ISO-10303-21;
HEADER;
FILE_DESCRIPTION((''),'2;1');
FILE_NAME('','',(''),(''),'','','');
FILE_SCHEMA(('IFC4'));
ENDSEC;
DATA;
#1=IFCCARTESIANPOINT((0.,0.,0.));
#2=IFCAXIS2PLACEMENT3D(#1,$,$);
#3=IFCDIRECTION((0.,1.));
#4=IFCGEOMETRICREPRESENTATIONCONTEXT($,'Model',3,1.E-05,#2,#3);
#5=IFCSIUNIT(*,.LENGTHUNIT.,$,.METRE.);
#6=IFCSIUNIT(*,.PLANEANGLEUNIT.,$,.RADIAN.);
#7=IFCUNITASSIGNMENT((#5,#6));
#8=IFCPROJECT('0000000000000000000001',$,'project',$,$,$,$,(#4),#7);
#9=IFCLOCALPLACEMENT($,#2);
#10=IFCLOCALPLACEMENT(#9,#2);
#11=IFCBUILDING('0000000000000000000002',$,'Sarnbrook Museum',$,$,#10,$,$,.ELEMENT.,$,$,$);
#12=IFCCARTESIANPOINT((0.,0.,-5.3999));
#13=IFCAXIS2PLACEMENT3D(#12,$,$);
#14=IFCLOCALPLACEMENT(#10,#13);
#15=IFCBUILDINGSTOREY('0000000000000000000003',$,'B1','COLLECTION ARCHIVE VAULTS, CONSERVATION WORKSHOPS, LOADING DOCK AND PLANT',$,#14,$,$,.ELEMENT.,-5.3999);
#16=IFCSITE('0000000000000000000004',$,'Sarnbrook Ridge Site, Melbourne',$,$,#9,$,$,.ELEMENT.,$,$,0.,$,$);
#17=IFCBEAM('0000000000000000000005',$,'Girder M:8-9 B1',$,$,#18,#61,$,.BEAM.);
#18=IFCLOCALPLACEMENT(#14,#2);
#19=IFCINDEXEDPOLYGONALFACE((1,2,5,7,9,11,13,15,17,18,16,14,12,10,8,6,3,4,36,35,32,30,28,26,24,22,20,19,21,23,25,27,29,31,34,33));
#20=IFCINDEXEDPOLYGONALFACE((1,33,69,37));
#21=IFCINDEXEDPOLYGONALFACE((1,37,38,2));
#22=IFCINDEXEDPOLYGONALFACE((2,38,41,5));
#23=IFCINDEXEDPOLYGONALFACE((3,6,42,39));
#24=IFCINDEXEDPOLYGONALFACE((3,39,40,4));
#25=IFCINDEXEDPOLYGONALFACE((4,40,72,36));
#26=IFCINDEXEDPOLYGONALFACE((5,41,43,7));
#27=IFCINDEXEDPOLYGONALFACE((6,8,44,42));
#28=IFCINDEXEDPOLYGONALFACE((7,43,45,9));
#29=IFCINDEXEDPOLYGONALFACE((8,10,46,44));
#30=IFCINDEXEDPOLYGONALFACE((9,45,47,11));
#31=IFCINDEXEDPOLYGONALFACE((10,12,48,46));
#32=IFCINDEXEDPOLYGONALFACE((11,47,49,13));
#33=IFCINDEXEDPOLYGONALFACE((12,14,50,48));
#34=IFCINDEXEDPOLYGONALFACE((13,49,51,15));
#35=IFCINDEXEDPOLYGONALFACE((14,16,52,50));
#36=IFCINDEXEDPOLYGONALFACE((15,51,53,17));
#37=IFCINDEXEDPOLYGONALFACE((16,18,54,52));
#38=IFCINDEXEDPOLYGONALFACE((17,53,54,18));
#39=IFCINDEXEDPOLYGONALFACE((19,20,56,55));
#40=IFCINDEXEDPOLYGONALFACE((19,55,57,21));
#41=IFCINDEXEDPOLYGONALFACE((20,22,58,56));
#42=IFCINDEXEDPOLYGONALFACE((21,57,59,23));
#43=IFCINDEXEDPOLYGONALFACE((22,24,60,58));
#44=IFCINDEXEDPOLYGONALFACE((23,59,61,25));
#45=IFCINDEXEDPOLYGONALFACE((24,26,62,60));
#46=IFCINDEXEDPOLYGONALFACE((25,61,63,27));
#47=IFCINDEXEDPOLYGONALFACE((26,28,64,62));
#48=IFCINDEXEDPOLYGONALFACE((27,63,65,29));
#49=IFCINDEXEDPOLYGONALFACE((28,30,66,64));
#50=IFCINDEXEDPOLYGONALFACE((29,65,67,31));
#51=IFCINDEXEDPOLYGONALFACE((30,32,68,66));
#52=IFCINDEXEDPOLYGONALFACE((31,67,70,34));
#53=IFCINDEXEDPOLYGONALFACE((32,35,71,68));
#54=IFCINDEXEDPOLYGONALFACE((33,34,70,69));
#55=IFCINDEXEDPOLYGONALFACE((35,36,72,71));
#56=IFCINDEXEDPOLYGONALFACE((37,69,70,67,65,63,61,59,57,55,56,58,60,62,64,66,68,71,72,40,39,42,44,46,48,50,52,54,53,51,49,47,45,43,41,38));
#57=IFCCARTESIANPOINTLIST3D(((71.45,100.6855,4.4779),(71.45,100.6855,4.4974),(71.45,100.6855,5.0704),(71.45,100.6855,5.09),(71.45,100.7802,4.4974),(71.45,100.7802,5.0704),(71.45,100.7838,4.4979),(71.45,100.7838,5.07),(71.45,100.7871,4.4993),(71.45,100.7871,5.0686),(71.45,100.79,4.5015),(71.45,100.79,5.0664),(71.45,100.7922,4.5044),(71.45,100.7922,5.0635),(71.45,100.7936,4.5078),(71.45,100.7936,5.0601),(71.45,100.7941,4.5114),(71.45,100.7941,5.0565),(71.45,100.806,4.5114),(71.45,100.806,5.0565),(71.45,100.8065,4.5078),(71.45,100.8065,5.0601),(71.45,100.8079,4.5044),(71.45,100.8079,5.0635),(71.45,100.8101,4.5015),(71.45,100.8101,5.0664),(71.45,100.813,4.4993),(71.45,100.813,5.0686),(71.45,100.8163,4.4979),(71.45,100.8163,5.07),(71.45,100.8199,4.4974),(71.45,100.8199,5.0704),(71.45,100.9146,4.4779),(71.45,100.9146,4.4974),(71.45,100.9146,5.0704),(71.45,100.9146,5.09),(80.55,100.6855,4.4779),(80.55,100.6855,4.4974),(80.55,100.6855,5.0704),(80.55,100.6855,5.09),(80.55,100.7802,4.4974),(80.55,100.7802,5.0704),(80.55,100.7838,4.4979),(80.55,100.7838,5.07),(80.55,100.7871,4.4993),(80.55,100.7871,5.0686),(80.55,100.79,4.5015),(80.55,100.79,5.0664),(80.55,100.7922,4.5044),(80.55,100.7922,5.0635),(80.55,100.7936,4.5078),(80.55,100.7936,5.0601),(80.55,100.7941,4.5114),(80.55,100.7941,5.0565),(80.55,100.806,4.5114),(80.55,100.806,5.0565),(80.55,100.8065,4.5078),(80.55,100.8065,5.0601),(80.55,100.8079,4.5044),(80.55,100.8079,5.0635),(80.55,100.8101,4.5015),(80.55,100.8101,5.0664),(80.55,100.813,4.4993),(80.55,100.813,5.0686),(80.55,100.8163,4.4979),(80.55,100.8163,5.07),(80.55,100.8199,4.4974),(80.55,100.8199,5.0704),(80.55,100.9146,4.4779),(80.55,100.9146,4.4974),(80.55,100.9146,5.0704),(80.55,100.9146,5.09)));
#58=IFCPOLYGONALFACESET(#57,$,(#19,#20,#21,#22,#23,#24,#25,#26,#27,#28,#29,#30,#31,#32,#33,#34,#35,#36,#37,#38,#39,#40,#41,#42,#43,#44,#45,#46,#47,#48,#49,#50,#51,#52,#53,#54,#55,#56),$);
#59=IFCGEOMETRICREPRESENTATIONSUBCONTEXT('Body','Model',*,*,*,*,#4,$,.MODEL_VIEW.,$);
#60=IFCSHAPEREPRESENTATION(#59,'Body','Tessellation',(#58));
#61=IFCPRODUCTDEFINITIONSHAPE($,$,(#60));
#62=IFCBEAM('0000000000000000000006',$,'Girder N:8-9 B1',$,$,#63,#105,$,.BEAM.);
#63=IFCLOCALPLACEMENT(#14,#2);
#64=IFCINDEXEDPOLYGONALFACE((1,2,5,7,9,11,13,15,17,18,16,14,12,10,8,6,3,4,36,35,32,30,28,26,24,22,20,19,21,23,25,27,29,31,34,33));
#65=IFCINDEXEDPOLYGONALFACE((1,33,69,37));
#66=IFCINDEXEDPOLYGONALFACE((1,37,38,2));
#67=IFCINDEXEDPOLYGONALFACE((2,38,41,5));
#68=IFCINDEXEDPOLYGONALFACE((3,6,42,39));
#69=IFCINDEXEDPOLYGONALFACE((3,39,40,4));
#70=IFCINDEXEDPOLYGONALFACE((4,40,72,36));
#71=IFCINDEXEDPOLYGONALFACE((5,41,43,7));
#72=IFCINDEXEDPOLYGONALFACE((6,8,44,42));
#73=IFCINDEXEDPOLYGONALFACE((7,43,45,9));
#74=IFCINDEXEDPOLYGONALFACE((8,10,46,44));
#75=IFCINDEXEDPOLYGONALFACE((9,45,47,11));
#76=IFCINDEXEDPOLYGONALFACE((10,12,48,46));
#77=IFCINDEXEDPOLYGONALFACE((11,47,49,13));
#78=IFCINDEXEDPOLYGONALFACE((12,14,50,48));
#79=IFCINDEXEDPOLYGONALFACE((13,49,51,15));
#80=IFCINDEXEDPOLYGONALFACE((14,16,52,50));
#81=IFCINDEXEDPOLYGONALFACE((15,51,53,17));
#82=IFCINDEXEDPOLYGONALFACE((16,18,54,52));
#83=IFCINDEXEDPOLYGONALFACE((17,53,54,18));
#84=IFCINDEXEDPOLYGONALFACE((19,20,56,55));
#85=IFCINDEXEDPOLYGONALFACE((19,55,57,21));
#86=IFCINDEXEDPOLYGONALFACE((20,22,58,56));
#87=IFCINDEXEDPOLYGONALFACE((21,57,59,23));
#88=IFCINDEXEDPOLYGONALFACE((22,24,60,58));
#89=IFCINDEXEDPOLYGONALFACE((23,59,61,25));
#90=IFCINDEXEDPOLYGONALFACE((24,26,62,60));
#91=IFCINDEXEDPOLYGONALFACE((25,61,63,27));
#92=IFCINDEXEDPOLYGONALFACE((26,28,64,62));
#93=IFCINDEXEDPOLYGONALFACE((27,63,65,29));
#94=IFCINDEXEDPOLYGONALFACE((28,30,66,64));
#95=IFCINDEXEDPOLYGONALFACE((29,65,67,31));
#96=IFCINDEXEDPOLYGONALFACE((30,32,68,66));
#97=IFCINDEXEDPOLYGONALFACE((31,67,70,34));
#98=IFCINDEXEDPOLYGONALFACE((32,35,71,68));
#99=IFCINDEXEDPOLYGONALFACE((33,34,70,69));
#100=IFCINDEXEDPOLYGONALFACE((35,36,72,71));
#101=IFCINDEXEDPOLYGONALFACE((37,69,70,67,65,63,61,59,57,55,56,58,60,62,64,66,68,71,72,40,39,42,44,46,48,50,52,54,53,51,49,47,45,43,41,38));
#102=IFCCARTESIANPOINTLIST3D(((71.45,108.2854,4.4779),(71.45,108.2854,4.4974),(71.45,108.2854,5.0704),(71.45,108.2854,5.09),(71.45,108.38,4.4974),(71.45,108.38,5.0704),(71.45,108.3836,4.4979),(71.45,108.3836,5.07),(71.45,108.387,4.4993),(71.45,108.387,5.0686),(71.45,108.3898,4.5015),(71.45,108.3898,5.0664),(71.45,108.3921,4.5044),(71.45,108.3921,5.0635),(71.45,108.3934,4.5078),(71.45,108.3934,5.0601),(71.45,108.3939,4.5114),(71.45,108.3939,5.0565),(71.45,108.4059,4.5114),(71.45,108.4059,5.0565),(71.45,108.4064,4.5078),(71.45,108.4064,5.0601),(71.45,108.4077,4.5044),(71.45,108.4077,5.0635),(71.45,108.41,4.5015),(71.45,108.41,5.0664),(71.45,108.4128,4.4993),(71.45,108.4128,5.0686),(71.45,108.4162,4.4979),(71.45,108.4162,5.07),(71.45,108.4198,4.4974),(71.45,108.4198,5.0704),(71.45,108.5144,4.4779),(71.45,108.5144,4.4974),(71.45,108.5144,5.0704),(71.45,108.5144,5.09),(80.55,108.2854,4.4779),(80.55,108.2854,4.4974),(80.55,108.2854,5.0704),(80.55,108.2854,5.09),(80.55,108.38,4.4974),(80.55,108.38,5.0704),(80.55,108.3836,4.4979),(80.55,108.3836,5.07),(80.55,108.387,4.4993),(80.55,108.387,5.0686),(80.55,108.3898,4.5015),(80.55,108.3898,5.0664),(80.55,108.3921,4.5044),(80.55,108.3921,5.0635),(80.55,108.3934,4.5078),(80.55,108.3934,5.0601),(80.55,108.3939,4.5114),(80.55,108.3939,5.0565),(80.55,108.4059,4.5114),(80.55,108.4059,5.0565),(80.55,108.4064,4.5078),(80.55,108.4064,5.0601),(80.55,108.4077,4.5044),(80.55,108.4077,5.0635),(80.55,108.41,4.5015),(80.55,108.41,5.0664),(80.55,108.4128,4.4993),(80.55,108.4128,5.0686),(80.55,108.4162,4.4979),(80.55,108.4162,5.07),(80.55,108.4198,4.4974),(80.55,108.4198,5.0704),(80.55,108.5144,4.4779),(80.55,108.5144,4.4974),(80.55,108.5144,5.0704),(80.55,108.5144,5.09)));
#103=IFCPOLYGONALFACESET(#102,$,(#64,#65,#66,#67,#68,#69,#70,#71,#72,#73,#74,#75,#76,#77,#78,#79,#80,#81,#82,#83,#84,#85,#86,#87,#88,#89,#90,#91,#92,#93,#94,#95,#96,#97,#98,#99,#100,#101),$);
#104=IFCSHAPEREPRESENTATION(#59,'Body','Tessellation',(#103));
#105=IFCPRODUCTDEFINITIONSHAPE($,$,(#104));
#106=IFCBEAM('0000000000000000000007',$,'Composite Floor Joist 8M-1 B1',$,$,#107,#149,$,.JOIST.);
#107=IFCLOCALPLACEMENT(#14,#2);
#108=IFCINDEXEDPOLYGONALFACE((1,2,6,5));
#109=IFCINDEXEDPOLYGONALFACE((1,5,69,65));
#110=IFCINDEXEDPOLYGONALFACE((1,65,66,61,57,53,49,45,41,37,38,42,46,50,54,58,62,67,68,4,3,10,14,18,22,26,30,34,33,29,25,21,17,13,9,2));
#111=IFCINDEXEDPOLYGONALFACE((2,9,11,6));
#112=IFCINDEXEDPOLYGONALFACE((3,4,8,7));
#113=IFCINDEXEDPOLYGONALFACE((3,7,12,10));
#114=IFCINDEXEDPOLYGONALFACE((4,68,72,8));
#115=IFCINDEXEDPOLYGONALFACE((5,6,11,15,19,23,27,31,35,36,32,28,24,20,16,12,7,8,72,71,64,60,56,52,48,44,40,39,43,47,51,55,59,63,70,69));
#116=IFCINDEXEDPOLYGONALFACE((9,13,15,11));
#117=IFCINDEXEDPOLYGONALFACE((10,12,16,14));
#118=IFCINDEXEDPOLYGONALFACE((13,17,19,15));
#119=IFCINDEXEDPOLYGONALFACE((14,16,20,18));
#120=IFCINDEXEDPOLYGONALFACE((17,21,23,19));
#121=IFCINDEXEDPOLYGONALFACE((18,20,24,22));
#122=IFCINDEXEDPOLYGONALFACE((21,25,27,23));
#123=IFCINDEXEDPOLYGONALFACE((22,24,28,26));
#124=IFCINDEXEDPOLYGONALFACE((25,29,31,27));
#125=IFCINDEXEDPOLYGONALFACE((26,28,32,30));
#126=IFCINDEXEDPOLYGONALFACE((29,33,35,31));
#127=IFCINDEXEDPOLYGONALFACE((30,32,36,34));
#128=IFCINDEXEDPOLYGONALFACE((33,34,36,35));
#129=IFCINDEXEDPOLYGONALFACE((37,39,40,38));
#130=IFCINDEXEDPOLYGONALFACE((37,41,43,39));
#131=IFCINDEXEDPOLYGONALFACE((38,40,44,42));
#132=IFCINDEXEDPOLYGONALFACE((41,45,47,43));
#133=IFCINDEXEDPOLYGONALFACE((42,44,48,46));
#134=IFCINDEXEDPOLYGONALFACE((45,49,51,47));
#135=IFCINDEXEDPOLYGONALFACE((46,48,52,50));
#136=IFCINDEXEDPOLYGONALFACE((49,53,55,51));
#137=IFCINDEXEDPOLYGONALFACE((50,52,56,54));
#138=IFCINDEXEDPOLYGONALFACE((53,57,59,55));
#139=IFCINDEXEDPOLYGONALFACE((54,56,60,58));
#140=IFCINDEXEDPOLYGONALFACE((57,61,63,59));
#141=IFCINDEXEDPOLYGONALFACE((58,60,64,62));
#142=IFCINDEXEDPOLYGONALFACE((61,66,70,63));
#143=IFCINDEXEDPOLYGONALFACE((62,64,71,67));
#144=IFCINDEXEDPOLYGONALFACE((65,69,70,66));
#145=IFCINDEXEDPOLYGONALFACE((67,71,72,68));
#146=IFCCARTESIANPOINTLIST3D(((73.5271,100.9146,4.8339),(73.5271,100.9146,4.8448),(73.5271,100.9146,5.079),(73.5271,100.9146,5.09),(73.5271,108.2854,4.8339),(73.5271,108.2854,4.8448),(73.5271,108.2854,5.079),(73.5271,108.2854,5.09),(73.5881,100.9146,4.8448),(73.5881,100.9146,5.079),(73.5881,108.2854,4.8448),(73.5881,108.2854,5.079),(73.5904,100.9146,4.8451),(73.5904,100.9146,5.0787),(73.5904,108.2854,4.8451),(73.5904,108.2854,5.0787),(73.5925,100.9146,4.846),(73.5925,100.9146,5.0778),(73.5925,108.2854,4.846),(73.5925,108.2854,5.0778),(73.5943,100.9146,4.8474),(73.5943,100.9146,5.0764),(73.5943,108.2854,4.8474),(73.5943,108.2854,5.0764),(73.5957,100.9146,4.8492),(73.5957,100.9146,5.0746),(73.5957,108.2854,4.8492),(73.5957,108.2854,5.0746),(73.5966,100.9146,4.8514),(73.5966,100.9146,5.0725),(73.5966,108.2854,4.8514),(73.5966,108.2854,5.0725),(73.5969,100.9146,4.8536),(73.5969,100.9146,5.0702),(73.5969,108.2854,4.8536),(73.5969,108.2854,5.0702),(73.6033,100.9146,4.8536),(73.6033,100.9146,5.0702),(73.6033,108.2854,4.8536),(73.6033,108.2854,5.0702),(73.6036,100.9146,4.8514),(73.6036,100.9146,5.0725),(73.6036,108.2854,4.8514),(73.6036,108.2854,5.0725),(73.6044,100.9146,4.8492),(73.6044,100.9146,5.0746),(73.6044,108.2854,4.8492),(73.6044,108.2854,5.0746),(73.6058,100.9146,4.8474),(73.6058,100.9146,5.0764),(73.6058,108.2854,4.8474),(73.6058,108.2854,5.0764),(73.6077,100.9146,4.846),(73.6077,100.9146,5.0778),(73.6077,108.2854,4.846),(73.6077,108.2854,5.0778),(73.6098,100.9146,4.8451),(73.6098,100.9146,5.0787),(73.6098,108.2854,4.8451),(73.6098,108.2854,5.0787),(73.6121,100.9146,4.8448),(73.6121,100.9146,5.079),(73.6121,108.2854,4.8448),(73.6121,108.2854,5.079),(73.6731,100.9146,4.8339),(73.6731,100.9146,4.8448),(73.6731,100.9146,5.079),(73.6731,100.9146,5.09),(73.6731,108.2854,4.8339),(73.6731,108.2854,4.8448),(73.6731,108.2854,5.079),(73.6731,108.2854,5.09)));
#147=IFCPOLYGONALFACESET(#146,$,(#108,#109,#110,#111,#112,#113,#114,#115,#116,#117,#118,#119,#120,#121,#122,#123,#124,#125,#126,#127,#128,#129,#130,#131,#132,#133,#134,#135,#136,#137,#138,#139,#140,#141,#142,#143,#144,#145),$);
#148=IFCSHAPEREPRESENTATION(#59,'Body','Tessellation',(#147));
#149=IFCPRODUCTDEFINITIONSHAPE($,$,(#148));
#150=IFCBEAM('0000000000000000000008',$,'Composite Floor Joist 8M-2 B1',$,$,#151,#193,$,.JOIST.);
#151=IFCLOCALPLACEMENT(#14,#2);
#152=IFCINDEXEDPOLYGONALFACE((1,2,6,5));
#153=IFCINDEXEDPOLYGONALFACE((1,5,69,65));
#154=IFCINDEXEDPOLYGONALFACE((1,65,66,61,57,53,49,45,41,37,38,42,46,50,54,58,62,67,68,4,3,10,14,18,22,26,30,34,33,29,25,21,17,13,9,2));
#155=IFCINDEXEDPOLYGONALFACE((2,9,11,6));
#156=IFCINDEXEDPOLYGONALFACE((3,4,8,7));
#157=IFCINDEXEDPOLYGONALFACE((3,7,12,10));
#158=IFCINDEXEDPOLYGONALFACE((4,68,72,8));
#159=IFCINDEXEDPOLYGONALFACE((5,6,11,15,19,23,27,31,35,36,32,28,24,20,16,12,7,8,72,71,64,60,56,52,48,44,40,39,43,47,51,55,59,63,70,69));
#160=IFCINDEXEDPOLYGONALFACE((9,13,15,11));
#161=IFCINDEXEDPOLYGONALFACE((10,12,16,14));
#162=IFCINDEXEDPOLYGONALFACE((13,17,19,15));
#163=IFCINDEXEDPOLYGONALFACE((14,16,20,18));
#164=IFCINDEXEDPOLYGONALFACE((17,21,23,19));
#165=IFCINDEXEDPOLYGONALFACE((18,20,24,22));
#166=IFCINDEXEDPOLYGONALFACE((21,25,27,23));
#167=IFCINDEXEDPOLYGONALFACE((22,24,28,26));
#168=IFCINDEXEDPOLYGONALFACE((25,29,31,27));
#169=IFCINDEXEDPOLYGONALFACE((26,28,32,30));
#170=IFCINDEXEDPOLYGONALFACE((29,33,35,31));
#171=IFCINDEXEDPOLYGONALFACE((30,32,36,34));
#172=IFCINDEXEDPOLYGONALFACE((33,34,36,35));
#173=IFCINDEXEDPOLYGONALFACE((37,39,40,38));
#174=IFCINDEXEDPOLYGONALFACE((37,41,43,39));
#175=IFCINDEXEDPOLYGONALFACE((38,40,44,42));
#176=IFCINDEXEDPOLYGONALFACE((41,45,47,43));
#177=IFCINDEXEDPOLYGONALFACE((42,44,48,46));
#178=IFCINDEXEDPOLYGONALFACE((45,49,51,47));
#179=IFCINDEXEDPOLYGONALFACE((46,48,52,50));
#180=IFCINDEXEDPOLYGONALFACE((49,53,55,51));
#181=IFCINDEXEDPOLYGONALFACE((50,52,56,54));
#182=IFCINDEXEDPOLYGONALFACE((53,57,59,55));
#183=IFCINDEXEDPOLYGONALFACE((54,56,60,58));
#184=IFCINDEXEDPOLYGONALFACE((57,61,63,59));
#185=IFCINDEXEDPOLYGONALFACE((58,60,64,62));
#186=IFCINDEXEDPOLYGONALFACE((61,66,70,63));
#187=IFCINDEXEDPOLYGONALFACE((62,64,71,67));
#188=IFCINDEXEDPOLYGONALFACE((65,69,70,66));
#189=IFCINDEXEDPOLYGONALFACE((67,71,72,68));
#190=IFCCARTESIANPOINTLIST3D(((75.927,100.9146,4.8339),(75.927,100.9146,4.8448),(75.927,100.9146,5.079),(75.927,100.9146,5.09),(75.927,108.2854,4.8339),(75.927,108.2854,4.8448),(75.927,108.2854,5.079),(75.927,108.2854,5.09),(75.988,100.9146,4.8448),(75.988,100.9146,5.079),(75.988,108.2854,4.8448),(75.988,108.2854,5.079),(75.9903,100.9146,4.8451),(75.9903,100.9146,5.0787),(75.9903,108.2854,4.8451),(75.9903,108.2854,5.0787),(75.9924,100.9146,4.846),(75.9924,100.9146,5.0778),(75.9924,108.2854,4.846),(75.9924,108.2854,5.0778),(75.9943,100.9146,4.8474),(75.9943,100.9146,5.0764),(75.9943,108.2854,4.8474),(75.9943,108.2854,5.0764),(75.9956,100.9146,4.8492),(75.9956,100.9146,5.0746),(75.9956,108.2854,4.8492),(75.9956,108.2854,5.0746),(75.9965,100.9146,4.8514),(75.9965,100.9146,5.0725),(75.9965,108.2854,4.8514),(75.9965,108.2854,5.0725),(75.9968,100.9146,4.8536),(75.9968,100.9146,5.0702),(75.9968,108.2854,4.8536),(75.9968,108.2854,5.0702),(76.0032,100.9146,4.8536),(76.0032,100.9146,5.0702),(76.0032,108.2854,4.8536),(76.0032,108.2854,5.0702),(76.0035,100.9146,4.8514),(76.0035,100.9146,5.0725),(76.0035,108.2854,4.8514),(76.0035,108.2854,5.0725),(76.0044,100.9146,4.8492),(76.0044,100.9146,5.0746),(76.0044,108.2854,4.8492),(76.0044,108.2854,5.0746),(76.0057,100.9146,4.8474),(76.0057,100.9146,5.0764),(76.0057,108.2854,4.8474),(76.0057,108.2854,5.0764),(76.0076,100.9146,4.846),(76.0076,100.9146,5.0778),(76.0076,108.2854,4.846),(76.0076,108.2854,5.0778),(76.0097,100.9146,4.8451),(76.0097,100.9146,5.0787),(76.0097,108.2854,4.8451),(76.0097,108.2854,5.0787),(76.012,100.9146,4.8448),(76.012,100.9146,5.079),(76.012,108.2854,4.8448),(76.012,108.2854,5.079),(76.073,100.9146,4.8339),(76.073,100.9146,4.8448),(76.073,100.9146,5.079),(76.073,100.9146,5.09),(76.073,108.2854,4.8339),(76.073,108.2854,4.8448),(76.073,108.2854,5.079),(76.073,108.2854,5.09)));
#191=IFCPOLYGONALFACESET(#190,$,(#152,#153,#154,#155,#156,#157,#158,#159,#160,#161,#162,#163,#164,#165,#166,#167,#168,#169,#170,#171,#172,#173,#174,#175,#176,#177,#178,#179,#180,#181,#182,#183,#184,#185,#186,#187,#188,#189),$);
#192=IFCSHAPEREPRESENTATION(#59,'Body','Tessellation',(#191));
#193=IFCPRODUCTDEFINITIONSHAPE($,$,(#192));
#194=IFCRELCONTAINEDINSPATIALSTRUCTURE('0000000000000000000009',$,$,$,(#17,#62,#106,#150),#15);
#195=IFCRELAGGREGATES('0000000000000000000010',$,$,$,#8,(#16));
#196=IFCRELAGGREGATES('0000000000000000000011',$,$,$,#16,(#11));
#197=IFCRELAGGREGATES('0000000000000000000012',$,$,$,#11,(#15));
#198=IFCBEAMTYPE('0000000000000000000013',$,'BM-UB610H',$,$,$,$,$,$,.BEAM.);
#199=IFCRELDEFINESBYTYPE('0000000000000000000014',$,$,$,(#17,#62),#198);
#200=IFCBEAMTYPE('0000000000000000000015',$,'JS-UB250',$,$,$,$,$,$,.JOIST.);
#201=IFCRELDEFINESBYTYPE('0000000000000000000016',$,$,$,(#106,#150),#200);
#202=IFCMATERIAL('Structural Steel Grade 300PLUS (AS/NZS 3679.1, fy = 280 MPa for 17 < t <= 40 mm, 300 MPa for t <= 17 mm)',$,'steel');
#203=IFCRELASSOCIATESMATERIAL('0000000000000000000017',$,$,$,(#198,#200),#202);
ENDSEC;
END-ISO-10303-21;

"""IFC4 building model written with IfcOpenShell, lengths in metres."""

from ifc_helpers import new_model, si_unit, direction, frame, origin, origin_2d, place, context, subcontext, project, spatial, i_section, extrude, material, material_profile, profile_set, type_object, element, save


model = new_model("IFC4")

# Units and contexts
model_context = context("Model", 3, precision=1e-05, world=origin(), true_north=direction((0.0, 1.0)))
body_context = subcontext(model_context, "Body", "Model", "MODEL_VIEW")
ifc_project = project(units=[si_unit("LENGTHUNIT", "METRE"), si_unit("PLANEANGLEUNIT", "RADIAN")], contexts=[model_context])

# Site, building, storey
site_placement = place(None, origin())
site = spatial("IfcSite", under=ifc_project, at=site_placement, Name="Sarnbrook Ridge Site, Melbourne", CompositionType="ELEMENT", RefElevation=0.0)
building_placement = place(site_placement, origin())
building = spatial("IfcBuilding", under=site, at=building_placement, Name="Sarnbrook Museum", CompositionType="ELEMENT")
storey_placement = place(building_placement, frame((0.0, 0.0, -5.3999)))
storey = spatial("IfcBuildingStorey", under=building, at=storey_placement, Name="B1", Description="COLLECTION ARCHIVE VAULTS, CONSERVATION WORKSHOPS, LOADING DOCK AND PLANT", CompositionType="ELEMENT", Elevation=-5.3999)

# Beams
ifc_material_1 = material(Name="Structural Steel Grade 300PLUS (AS/NZS 3679.1, fy = 280 MPa for 17 < t <= 40 mm, 300 MPa for t <= 17 mm)", Category="steel")
ifc_material_profile_1 = material_profile(ifc_material_1, i_section(OverallWidth=0.229, OverallDepth=0.6121, WebThickness=0.012, FlangeThickness=0.0195, FilletRadius=0.0139, at=origin_2d()), Name="610UB125")
ifc_profile_set_1 = profile_set([ifc_material_profile_1], Name="Structural Steel Grade 300PLUS (AS/NZS 3679.1, fy = 280 MPa for 17 < t <= 40 mm, 300 MPa for t <= 17 mm)")
beam_type_1 = type_object("IfcBeamType", Name="BM-UB610H", PredefinedType="BEAM", material=ifc_profile_set_1)
for number, where, z_axis, x_axis, name in (
    (1, (71.45, 100.8, 4.7839), (1.0, 0.0, 0.0), (0.0, 1.0, 0.0), "Girder M:8-9 B1"),
    (2, (71.45, 108.3999, 4.7839), (1.0, 0.0, 0.0), (0.0, 1.0, 0.0), "Girder N:8-9 B1"),
):
    element("IfcBeam", number, at=place(storey_placement, frame(where, z_axis=z_axis, x_axis=x_axis)), inside=storey, type_object=beam_type_1, Name=name, PredefinedType="BEAM", context=body_context, shape_type="SweptSolid", body=[
        extrude(i_section(OverallWidth=0.229, OverallDepth=0.6121, WebThickness=0.012, FlangeThickness=0.0195, FilletRadius=0.0139, at=origin_2d()), origin(), (0.0, 0.0, 1.0), 9.1001),
    ])
ifc_material_profile_2 = material_profile(ifc_material_1, i_section(OverallWidth=0.146, OverallDepth=0.2561, WebThickness=0.0063, FlangeThickness=0.011, FilletRadius=0.0088, at=origin_2d()), Name="250UB37.3")
ifc_profile_set_2 = profile_set([ifc_material_profile_2], Name="Structural Steel Grade 300PLUS (AS/NZS 3679.1, fy = 280 MPa for 17 < t <= 40 mm, 300 MPa for t <= 17 mm)")
beam_type_2 = type_object("IfcBeamType", Name="JS-UB250", PredefinedType="JOIST", material=ifc_profile_set_2)
for number, where, z_axis, x_axis, name in (
    (3, (73.6001, 100.9146, 4.9619), (0.0, 1.0, 0.0), (-1.0, 0.0, 0.0), "Composite Floor Joist 8M-1 B1"),
    (4, (76.0, 100.9146, 4.9619), (0.0, 1.0, 0.0), (-1.0, 0.0, 0.0), "Composite Floor Joist 8M-2 B1"),
):
    element("IfcBeam", number, at=place(storey_placement, frame(where, z_axis=z_axis, x_axis=x_axis)), inside=storey, type_object=beam_type_2, Name=name, PredefinedType="JOIST", context=body_context, shape_type="SweptSolid", body=[
        extrude(i_section(OverallWidth=0.146, OverallDepth=0.2561, WebThickness=0.0063, FlangeThickness=0.011, FilletRadius=0.0088, at=origin_2d()), origin(), (0.0, 0.0, 1.0), 7.3708),
    ])

save(model, "model.ifc")
